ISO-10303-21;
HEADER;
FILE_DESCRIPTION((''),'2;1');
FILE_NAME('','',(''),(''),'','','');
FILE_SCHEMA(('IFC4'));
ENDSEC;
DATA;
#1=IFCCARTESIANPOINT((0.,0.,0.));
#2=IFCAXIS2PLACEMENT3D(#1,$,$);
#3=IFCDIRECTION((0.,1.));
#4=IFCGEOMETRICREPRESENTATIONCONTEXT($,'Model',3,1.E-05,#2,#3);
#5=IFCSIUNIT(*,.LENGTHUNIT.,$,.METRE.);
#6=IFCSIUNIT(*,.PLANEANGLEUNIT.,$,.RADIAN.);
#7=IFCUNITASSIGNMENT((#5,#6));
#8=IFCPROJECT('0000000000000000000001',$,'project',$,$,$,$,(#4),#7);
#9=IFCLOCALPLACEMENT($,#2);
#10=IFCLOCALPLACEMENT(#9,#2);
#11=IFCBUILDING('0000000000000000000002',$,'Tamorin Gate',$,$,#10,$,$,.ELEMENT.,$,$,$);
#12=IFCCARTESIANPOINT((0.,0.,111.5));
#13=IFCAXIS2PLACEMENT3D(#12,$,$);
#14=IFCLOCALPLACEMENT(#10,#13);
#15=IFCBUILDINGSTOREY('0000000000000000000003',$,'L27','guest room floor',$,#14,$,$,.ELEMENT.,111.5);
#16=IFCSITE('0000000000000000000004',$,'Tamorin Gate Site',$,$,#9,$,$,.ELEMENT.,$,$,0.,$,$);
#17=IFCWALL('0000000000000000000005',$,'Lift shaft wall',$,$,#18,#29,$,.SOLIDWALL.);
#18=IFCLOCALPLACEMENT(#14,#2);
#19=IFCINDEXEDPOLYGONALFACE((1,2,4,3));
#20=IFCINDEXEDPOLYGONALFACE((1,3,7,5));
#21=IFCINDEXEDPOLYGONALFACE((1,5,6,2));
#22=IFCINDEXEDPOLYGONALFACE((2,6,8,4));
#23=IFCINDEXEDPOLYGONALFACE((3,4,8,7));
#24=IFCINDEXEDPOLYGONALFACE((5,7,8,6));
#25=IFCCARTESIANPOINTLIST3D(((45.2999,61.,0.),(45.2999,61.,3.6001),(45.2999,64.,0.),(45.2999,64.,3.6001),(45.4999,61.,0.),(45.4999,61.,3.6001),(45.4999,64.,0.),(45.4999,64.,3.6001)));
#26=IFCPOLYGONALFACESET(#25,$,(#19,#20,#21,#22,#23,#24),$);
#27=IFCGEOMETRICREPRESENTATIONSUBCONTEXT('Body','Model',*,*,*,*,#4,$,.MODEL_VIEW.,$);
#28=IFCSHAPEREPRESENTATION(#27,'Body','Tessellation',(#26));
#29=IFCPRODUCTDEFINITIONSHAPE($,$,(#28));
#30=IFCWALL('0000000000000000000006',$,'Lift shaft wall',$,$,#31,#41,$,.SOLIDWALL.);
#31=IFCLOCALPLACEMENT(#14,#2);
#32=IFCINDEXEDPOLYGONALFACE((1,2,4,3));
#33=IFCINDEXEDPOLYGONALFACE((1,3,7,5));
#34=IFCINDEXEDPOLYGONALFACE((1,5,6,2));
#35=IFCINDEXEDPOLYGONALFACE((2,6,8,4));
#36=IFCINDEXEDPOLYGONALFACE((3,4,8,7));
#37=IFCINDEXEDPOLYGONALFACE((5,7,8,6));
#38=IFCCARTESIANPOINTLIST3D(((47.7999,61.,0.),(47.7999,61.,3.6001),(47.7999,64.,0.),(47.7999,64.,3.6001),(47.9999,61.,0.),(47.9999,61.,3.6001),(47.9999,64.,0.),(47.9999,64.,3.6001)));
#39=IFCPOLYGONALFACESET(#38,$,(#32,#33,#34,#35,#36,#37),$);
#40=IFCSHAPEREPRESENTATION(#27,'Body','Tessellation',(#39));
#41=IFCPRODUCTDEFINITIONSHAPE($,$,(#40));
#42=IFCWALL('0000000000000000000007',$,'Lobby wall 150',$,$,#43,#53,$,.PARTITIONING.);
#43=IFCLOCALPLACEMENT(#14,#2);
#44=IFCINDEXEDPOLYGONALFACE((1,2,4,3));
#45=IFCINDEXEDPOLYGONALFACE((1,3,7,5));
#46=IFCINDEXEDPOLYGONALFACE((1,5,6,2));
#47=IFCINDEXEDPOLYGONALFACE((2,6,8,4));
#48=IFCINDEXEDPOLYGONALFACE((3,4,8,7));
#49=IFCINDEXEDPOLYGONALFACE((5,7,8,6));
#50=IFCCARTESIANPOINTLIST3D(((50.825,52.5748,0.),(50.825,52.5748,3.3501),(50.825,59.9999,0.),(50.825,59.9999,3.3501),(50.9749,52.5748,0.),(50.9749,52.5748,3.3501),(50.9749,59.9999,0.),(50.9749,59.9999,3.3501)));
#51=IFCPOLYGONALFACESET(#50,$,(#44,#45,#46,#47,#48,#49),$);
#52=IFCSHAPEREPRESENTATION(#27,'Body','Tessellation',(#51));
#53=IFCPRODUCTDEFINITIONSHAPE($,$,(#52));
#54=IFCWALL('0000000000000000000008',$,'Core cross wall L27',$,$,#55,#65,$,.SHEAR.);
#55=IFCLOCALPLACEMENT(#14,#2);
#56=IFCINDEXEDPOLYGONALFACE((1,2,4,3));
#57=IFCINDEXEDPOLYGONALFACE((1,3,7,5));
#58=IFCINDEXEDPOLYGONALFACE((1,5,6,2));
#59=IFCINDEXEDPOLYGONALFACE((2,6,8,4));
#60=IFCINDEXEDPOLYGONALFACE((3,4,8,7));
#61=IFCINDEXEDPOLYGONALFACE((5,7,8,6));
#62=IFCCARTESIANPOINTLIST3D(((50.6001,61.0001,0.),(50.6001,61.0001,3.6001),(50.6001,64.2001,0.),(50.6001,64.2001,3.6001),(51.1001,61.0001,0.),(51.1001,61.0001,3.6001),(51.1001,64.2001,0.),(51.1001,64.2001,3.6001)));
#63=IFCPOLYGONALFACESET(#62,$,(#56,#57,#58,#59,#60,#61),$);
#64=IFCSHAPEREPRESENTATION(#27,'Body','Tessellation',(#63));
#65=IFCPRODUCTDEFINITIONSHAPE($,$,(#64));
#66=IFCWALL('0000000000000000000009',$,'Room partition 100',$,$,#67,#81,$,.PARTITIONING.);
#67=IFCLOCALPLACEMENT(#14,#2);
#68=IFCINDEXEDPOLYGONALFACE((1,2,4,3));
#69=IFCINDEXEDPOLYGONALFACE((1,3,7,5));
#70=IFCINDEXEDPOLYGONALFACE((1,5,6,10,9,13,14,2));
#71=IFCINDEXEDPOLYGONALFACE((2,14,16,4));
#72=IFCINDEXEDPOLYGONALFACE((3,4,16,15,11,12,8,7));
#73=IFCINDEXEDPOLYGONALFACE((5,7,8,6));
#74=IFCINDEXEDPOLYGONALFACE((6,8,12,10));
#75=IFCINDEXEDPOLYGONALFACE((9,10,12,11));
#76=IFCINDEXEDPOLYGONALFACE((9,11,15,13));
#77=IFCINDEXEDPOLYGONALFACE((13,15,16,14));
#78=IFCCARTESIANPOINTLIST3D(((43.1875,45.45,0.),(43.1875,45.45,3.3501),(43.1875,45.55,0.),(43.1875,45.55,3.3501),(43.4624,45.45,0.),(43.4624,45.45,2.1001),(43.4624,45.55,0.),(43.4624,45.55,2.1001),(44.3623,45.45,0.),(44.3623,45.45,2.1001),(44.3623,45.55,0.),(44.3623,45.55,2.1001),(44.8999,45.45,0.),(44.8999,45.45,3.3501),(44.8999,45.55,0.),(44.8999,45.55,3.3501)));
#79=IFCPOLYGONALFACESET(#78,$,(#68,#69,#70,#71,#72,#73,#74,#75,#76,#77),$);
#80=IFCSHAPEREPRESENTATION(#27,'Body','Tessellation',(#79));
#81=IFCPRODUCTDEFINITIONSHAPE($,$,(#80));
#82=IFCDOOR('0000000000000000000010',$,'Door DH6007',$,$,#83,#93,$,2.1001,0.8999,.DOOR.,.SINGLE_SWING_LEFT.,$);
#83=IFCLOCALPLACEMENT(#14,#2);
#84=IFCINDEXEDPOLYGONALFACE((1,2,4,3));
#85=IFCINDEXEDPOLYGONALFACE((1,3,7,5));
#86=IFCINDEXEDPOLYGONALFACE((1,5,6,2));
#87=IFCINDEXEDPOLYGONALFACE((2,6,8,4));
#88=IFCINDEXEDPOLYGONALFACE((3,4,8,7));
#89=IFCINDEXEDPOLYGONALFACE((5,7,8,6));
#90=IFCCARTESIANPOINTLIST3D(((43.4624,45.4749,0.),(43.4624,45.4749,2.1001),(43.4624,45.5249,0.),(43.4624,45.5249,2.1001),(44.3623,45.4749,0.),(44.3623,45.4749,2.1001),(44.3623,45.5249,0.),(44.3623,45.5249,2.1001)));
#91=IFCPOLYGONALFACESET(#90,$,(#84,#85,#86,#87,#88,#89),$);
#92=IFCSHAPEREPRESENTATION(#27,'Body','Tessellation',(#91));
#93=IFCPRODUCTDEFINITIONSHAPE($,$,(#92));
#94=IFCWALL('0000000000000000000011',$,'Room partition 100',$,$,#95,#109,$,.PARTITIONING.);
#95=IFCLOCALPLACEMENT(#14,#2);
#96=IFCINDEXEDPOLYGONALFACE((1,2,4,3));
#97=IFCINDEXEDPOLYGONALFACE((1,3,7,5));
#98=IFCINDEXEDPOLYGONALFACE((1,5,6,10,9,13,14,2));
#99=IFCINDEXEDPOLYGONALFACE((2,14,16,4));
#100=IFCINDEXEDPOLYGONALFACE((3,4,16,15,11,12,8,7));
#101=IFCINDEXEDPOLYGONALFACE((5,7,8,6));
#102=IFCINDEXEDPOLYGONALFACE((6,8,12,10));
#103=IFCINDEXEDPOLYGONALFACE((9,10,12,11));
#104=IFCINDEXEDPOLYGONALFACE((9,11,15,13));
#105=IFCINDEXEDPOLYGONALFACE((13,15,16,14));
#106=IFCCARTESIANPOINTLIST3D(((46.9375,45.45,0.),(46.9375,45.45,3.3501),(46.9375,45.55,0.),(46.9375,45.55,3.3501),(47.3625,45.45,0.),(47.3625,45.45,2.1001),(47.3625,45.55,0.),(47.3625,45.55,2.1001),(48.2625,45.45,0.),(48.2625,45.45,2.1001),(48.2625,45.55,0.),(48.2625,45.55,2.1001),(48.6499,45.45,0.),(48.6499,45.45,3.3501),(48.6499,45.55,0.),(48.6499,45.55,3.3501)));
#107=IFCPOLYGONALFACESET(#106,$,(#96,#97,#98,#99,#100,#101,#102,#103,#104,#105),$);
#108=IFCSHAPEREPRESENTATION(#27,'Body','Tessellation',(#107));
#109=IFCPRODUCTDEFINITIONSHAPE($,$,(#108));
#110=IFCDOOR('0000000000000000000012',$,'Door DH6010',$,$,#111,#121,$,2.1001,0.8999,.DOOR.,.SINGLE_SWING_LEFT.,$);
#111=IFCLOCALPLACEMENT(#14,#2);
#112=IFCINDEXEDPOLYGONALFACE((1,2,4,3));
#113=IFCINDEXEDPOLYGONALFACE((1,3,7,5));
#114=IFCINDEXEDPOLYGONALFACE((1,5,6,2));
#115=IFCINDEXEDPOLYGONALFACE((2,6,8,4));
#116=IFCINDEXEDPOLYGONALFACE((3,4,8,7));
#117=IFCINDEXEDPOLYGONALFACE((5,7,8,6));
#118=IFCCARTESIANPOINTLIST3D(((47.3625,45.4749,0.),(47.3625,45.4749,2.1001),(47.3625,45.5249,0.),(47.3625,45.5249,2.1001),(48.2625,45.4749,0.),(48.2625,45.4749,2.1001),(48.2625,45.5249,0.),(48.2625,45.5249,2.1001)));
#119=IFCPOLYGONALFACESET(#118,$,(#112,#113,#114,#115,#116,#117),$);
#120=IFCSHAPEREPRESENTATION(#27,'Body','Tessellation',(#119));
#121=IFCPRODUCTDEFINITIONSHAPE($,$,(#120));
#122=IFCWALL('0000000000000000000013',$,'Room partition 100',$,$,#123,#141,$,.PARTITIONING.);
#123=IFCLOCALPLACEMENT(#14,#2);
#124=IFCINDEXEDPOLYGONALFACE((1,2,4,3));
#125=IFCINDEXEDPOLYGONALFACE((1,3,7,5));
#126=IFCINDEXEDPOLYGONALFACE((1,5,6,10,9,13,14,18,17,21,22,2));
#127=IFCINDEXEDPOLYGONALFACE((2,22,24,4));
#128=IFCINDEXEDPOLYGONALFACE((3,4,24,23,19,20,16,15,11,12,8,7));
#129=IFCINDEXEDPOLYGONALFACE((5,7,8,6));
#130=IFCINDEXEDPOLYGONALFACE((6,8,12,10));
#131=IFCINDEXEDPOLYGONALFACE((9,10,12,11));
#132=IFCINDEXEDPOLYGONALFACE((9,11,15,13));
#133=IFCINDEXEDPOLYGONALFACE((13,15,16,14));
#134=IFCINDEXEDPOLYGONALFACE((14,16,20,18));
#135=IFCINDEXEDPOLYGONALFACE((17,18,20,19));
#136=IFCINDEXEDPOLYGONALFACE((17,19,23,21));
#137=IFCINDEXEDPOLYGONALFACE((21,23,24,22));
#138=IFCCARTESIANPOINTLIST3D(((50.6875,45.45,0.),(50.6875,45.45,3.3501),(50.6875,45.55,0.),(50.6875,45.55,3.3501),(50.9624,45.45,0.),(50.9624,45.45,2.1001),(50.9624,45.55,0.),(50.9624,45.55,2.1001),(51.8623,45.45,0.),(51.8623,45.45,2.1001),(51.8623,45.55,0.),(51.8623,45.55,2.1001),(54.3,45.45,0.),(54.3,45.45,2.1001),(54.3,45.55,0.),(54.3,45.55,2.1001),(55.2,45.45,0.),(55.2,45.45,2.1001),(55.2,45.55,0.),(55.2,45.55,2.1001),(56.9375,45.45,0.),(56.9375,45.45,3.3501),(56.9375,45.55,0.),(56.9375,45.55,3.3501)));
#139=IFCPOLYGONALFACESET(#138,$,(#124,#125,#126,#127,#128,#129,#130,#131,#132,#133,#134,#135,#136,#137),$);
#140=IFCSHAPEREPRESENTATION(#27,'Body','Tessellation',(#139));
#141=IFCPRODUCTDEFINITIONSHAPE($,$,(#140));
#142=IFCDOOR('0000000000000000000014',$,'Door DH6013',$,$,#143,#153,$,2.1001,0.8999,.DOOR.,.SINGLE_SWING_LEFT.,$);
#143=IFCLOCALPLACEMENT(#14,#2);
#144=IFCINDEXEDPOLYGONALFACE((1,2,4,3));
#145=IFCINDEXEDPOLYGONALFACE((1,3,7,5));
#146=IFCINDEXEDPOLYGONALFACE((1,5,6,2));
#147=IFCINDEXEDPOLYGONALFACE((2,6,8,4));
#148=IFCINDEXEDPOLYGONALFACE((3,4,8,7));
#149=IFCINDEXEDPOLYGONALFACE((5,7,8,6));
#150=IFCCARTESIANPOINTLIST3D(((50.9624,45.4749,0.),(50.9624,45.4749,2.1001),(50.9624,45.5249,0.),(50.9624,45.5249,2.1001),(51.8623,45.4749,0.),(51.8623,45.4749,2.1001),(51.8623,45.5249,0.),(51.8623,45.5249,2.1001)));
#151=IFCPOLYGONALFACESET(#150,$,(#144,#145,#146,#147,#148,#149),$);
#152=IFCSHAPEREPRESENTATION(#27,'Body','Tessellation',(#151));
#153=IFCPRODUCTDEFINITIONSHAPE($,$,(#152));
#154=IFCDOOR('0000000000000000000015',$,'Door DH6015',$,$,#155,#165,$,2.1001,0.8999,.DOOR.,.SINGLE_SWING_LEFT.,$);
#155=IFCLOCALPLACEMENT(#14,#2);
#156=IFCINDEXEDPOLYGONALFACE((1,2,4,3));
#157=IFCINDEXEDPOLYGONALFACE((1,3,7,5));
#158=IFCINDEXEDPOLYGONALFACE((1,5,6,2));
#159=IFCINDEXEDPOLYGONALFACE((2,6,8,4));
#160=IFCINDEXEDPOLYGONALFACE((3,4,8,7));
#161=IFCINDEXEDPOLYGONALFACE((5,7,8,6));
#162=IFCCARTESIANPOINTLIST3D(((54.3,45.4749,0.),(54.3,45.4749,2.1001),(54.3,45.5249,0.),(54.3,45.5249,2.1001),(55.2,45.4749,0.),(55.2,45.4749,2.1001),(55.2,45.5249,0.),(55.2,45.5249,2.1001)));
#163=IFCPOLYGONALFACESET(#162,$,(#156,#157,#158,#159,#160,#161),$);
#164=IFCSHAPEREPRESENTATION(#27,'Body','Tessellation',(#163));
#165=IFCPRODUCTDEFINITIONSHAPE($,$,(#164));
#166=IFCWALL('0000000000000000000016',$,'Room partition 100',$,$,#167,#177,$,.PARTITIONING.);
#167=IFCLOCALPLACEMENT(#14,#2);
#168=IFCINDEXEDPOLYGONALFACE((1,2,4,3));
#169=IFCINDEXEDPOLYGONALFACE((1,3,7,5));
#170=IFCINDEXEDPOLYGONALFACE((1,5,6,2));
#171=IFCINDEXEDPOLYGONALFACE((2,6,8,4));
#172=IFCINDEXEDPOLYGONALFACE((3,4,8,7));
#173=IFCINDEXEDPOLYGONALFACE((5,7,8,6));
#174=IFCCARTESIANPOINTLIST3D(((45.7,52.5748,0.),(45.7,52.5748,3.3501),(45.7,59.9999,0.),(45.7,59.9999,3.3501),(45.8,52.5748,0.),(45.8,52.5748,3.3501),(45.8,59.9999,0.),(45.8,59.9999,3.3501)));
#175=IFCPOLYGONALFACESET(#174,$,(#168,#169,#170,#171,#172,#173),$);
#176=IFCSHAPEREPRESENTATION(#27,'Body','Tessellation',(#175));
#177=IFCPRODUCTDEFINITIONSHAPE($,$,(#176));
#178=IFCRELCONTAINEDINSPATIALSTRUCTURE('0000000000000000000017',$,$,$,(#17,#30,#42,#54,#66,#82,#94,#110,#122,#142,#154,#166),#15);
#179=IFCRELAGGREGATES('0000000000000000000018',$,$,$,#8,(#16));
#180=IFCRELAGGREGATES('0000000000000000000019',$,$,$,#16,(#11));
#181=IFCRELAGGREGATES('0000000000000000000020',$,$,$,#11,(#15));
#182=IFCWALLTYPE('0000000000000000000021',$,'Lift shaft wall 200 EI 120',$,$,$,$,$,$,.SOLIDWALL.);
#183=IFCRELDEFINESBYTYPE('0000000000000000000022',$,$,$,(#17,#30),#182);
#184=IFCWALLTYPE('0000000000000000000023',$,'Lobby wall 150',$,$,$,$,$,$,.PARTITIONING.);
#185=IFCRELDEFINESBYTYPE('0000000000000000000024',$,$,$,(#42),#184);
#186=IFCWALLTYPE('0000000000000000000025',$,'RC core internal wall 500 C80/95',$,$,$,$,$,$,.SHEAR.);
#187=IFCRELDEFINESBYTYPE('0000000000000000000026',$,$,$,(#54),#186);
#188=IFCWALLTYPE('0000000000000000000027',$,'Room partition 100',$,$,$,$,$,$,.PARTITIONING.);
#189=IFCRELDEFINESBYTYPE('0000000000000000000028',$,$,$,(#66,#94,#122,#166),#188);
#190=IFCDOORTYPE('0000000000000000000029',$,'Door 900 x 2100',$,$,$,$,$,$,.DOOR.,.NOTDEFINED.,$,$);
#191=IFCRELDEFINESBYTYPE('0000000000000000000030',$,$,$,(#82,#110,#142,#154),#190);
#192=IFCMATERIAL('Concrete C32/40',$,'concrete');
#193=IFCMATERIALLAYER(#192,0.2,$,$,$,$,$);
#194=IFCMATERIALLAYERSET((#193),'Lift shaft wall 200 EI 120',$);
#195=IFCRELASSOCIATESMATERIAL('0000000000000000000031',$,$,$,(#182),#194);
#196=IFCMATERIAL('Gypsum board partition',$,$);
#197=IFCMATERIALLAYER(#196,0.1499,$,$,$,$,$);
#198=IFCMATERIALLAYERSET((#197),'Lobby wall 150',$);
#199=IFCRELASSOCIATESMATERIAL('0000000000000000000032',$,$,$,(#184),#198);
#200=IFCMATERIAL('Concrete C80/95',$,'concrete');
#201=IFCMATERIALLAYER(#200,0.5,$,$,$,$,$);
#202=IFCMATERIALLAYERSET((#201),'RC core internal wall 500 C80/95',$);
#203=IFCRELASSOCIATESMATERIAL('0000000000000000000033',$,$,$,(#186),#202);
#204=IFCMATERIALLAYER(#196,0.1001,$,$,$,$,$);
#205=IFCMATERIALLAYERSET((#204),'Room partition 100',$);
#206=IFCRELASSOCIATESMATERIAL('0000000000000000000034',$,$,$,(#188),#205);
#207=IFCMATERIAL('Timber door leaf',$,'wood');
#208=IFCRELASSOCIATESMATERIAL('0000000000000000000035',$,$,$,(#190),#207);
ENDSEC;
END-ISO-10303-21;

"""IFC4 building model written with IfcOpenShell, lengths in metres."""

from ifc_helpers import new_model, si_unit, direction, frame, frame_2d, origin, place, context, subcontext, project, spatial, rectangle, extrude, material, layer, layer_set, type_object, element, fill, save


model = new_model("IFC4")

# Units and contexts
model_context = context("Model", 3, precision=1e-05, world=origin(), true_north=direction((0.0, 1.0)))
body_context = subcontext(model_context, "Body", "Model", "MODEL_VIEW")
ifc_project = project(units=[si_unit("LENGTHUNIT", "METRE"), si_unit("PLANEANGLEUNIT", "RADIAN")], contexts=[model_context])

# Site, building, storey
site_placement = place(None, origin())
site = spatial("IfcSite", under=ifc_project, at=site_placement, Name="Tamorin Gate Site", CompositionType="ELEMENT", RefElevation=0.0)
building_placement = place(site_placement, origin())
building = spatial("IfcBuilding", under=site, at=building_placement, Name="Tamorin Gate", CompositionType="ELEMENT")
storey_placement = place(building_placement, frame((0.0, 0.0, 111.5)))
storey = spatial("IfcBuildingStorey", under=building, at=storey_placement, Name="L27", Description="guest room floor", CompositionType="ELEMENT", Elevation=111.5)

# Shared definitions
ifc_material_1 = material(Name="Concrete C80/95", Category="concrete")

# Walls
ifc_material_2 = material(Name="Gypsum board partition")
ifc_material_3 = material(Name="Concrete C32/40", Category="concrete")
ifc_layer_1 = layer(ifc_material_3, 0.2)
ifc_layer_set_1 = layer_set([ifc_layer_1], Name="Lift shaft wall 200 EI 120")
wall_type_1 = type_object("IfcWallType", Name="Lift shaft wall 200 EI 120", PredefinedType="SOLIDWALL", material=ifc_layer_set_1)
for number, where, z_axis, x_axis, name in (
    (1, (45.3999, 61.0, 0.0), (0.0, 0.0, 1.0), (0.0, 1.0, 0.0), "Lift shaft wall"),
    (2, (47.8999, 61.0, 0.0), (0.0, 0.0, 1.0), (0.0, 1.0, 0.0), "Lift shaft wall"),
):
    element("IfcWall", number, at=place(storey_placement, frame(where, z_axis=z_axis, x_axis=x_axis)), inside=storey, type_object=wall_type_1, Name=name, PredefinedType="SOLIDWALL", context=body_context, shape_type="SweptSolid", body=[
        extrude(rectangle(XDim=3.0, YDim=0.2, at=frame_2d((1.5, 0.0))), origin(), (0.0, 0.0, 1.0), 3.6001),
    ])
ifc_layer_2 = layer(ifc_material_2, 0.1499)
ifc_layer_set_2 = layer_set([ifc_layer_2], Name="Lobby wall 150")
wall_type_2 = type_object("IfcWallType", Name="Lobby wall 150", PredefinedType="PARTITIONING", material=ifc_layer_set_2)
wall_1_placement = place(storey_placement, frame((50.8999, 52.575, 0.0), z_axis=(0.0, 0.0, 1.0), x_axis=(0.0, 1.0, 0.0)))
element("IfcWall", 3, at=wall_1_placement, inside=storey, type_object=wall_type_2, Name="Lobby wall 150", PredefinedType="PARTITIONING", context=body_context, shape_type="SweptSolid", body=[
    extrude(rectangle(XDim=7.425, YDim=0.1499, at=frame_2d((3.7124, 0.0))), origin(), (0.0, 0.0, 1.0), 3.3501),
])
ifc_layer_3 = layer(ifc_material_1, 0.5)
ifc_layer_set_3 = layer_set([ifc_layer_3], Name="RC core internal wall 500 C80/95")
wall_type_3 = type_object("IfcWallType", Name="RC core internal wall 500 C80/95", PredefinedType="SHEAR", material=ifc_layer_set_3)
wall_2_placement = place(storey_placement, frame((50.8501, 61.0, 0.0), z_axis=(0.0, 0.0, 1.0), x_axis=(0.0, 1.0, 0.0)))
element("IfcWall", 4, at=wall_2_placement, inside=storey, type_object=wall_type_3, Name="Core cross wall L27", PredefinedType="SHEAR", context=body_context, shape_type="SweptSolid", body=[
    extrude(rectangle(XDim=3.2, YDim=0.5, at=frame_2d((1.6001, 0.0))), origin(), (0.0, 0.0, 1.0), 3.6001),
])

# Walls, openings, doors
ifc_layer_4 = layer(ifc_material_2, 0.1001)
ifc_layer_set_4 = layer_set([ifc_layer_4], Name="Room partition 100")
wall_type_4 = type_object("IfcWallType", Name="Room partition 100", PredefinedType="PARTITIONING", material=ifc_layer_set_4)
wall_3_placement = place(storey_placement, frame((43.1875, 45.5, 0.0), z_axis=(0.0, 0.0, 1.0), x_axis=(1.0, 0.0, 0.0)))
wall_3 = element("IfcWall", 5, at=wall_3_placement, inside=storey, type_object=wall_type_4, Name="Room partition 100", PredefinedType="PARTITIONING", context=body_context, shape_type="SweptSolid", body=[
    extrude(rectangle(XDim=1.7124, YDim=0.1001, at=frame_2d((0.8562, 0.0))), origin(), (0.0, 0.0, 1.0), 3.3501),
])
opening_1_placement = place(wall_3_placement, frame((0.2749, 0.0, 0.0)))
opening_1 = element("IfcOpeningElement", 6, at=opening_1_placement, cuts=wall_3, PredefinedType="OPENING", context=body_context, shape_type="SweptSolid", body=[
    extrude(rectangle(XDim=0.8999, YDim=2.1001, at=frame_2d((0.45, 1.05))), frame((0.0, 0.0601, 0.0), z_axis=(0.0, -1.0, 0.0), x_axis=(1.0, 0.0, 0.0)), (0.0, 0.0, 1.0), 0.1201),
])
ifc_material_4 = material(Name="Timber door leaf", Category="wood")
door_type = type_object("IfcDoorType", Name="Door 900 x 2100", OperationType="NOTDEFINED", PredefinedType="DOOR", material=ifc_material_4)
door_1_placement = place(opening_1_placement, origin())
door_1 = element("IfcDoor", 7, at=door_1_placement, inside=storey, type_object=door_type, Name="Door DH6007", OperationType="SINGLE_SWING_LEFT", OverallHeight=2.1001, OverallWidth=0.8999, PredefinedType="DOOR", context=body_context, shape_type="SweptSolid", body=[
    extrude(rectangle(XDim=0.8999, YDim=2.1001, at=frame_2d((0.45, 1.05))), frame((0.0, 0.0249, 0.0), z_axis=(0.0, -1.0, 0.0), x_axis=(1.0, 0.0, 0.0)), (0.0, 0.0, 1.0), 0.05),
])
fill(opening_1, door_1)
wall_4_placement = place(storey_placement, frame((46.9375, 45.5, 0.0), z_axis=(0.0, 0.0, 1.0), x_axis=(1.0, 0.0, 0.0)))
wall_4 = element("IfcWall", 8, at=wall_4_placement, inside=storey, type_object=wall_type_4, Name="Room partition 100", PredefinedType="PARTITIONING", context=body_context, shape_type="SweptSolid", body=[
    extrude(rectangle(XDim=1.7124, YDim=0.1001, at=frame_2d((0.8562, 0.0))), origin(), (0.0, 0.0, 1.0), 3.3501),
])
opening_2_placement = place(wall_4_placement, frame((0.425, 0.0, 0.0)))
opening_2 = element("IfcOpeningElement", 9, at=opening_2_placement, cuts=wall_4, PredefinedType="OPENING", context=body_context, shape_type="SweptSolid", body=[
    extrude(rectangle(XDim=0.8999, YDim=2.1001, at=frame_2d((0.45, 1.05))), frame((0.0, 0.0601, 0.0), z_axis=(0.0, -1.0, 0.0), x_axis=(1.0, 0.0, 0.0)), (0.0, 0.0, 1.0), 0.1201),
])
door_2_placement = place(opening_2_placement, origin())
door_2 = element("IfcDoor", 10, at=door_2_placement, inside=storey, type_object=door_type, Name="Door DH6010", OperationType="SINGLE_SWING_LEFT", OverallHeight=2.1001, OverallWidth=0.8999, PredefinedType="DOOR", context=body_context, shape_type="SweptSolid", body=[
    extrude(rectangle(XDim=0.8999, YDim=2.1001, at=frame_2d((0.45, 1.05))), frame((0.0, 0.0249, 0.0), z_axis=(0.0, -1.0, 0.0), x_axis=(1.0, 0.0, 0.0)), (0.0, 0.0, 1.0), 0.05),
])
fill(opening_2, door_2)

# Wall, openings, doors
wall_5_placement = place(storey_placement, frame((50.6875, 45.5, 0.0), z_axis=(0.0, 0.0, 1.0), x_axis=(1.0, 0.0, 0.0)))
wall_5 = element("IfcWall", 11, at=wall_5_placement, inside=storey, type_object=wall_type_4, Name="Room partition 100", PredefinedType="PARTITIONING", context=body_context, shape_type="SweptSolid", body=[
    extrude(rectangle(XDim=6.25, YDim=0.1001, at=frame_2d((3.125, 0.0))), origin(), (0.0, 0.0, 1.0), 3.3501),
])
opening_3_placement = place(wall_5_placement, frame((0.2749, 0.0, 0.0)))
opening_3 = element("IfcOpeningElement", 12, at=opening_3_placement, cuts=wall_5, PredefinedType="OPENING", context=body_context, shape_type="SweptSolid", body=[
    extrude(rectangle(XDim=0.8999, YDim=2.1001, at=frame_2d((0.45, 1.05))), frame((0.0, 0.0601, 0.0), z_axis=(0.0, -1.0, 0.0), x_axis=(1.0, 0.0, 0.0)), (0.0, 0.0, 1.0), 0.1201),
])
opening_4_placement = place(wall_5_placement, frame((3.6125, 0.0, 0.0)))
opening_4 = element("IfcOpeningElement", 13, at=opening_4_placement, cuts=wall_5, PredefinedType="OPENING", context=body_context, shape_type="SweptSolid", body=[
    extrude(rectangle(XDim=0.8999, YDim=2.1001, at=frame_2d((0.45, 1.05))), frame((0.0, 0.0601, 0.0), z_axis=(0.0, -1.0, 0.0), x_axis=(1.0, 0.0, 0.0)), (0.0, 0.0, 1.0), 0.1201),
])
door_3_placement = place(opening_3_placement, origin())
door_3 = element("IfcDoor", 14, at=door_3_placement, inside=storey, type_object=door_type, Name="Door DH6013", OperationType="SINGLE_SWING_LEFT", OverallHeight=2.1001, OverallWidth=0.8999, PredefinedType="DOOR", context=body_context, shape_type="SweptSolid", body=[
    extrude(rectangle(XDim=0.8999, YDim=2.1001, at=frame_2d((0.45, 1.05))), frame((0.0, 0.0249, 0.0), z_axis=(0.0, -1.0, 0.0), x_axis=(1.0, 0.0, 0.0)), (0.0, 0.0, 1.0), 0.05),
])
fill(opening_3, door_3)
door_4_placement = place(opening_4_placement, origin())
door_4 = element("IfcDoor", 15, at=door_4_placement, inside=storey, type_object=door_type, Name="Door DH6015", OperationType="SINGLE_SWING_LEFT", OverallHeight=2.1001, OverallWidth=0.8999, PredefinedType="DOOR", context=body_context, shape_type="SweptSolid", body=[
    extrude(rectangle(XDim=0.8999, YDim=2.1001, at=frame_2d((0.45, 1.05))), frame((0.0, 0.0249, 0.0), z_axis=(0.0, -1.0, 0.0), x_axis=(1.0, 0.0, 0.0)), (0.0, 0.0, 1.0), 0.05),
])
fill(opening_4, door_4)

# Wall
wall_6_placement = place(storey_placement, frame((45.75, 52.575, 0.0), z_axis=(0.0, 0.0, 1.0), x_axis=(0.0, 1.0, 0.0)))
element("IfcWall", 16, at=wall_6_placement, inside=storey, type_object=wall_type_4, Name="Room partition 100", PredefinedType="PARTITIONING", context=body_context, shape_type="SweptSolid", body=[
    extrude(rectangle(XDim=7.425, YDim=0.1001, at=frame_2d((3.7124, 0.0))), origin(), (0.0, 0.0, 1.0), 3.3501),
])

save(model, "model.ifc")
